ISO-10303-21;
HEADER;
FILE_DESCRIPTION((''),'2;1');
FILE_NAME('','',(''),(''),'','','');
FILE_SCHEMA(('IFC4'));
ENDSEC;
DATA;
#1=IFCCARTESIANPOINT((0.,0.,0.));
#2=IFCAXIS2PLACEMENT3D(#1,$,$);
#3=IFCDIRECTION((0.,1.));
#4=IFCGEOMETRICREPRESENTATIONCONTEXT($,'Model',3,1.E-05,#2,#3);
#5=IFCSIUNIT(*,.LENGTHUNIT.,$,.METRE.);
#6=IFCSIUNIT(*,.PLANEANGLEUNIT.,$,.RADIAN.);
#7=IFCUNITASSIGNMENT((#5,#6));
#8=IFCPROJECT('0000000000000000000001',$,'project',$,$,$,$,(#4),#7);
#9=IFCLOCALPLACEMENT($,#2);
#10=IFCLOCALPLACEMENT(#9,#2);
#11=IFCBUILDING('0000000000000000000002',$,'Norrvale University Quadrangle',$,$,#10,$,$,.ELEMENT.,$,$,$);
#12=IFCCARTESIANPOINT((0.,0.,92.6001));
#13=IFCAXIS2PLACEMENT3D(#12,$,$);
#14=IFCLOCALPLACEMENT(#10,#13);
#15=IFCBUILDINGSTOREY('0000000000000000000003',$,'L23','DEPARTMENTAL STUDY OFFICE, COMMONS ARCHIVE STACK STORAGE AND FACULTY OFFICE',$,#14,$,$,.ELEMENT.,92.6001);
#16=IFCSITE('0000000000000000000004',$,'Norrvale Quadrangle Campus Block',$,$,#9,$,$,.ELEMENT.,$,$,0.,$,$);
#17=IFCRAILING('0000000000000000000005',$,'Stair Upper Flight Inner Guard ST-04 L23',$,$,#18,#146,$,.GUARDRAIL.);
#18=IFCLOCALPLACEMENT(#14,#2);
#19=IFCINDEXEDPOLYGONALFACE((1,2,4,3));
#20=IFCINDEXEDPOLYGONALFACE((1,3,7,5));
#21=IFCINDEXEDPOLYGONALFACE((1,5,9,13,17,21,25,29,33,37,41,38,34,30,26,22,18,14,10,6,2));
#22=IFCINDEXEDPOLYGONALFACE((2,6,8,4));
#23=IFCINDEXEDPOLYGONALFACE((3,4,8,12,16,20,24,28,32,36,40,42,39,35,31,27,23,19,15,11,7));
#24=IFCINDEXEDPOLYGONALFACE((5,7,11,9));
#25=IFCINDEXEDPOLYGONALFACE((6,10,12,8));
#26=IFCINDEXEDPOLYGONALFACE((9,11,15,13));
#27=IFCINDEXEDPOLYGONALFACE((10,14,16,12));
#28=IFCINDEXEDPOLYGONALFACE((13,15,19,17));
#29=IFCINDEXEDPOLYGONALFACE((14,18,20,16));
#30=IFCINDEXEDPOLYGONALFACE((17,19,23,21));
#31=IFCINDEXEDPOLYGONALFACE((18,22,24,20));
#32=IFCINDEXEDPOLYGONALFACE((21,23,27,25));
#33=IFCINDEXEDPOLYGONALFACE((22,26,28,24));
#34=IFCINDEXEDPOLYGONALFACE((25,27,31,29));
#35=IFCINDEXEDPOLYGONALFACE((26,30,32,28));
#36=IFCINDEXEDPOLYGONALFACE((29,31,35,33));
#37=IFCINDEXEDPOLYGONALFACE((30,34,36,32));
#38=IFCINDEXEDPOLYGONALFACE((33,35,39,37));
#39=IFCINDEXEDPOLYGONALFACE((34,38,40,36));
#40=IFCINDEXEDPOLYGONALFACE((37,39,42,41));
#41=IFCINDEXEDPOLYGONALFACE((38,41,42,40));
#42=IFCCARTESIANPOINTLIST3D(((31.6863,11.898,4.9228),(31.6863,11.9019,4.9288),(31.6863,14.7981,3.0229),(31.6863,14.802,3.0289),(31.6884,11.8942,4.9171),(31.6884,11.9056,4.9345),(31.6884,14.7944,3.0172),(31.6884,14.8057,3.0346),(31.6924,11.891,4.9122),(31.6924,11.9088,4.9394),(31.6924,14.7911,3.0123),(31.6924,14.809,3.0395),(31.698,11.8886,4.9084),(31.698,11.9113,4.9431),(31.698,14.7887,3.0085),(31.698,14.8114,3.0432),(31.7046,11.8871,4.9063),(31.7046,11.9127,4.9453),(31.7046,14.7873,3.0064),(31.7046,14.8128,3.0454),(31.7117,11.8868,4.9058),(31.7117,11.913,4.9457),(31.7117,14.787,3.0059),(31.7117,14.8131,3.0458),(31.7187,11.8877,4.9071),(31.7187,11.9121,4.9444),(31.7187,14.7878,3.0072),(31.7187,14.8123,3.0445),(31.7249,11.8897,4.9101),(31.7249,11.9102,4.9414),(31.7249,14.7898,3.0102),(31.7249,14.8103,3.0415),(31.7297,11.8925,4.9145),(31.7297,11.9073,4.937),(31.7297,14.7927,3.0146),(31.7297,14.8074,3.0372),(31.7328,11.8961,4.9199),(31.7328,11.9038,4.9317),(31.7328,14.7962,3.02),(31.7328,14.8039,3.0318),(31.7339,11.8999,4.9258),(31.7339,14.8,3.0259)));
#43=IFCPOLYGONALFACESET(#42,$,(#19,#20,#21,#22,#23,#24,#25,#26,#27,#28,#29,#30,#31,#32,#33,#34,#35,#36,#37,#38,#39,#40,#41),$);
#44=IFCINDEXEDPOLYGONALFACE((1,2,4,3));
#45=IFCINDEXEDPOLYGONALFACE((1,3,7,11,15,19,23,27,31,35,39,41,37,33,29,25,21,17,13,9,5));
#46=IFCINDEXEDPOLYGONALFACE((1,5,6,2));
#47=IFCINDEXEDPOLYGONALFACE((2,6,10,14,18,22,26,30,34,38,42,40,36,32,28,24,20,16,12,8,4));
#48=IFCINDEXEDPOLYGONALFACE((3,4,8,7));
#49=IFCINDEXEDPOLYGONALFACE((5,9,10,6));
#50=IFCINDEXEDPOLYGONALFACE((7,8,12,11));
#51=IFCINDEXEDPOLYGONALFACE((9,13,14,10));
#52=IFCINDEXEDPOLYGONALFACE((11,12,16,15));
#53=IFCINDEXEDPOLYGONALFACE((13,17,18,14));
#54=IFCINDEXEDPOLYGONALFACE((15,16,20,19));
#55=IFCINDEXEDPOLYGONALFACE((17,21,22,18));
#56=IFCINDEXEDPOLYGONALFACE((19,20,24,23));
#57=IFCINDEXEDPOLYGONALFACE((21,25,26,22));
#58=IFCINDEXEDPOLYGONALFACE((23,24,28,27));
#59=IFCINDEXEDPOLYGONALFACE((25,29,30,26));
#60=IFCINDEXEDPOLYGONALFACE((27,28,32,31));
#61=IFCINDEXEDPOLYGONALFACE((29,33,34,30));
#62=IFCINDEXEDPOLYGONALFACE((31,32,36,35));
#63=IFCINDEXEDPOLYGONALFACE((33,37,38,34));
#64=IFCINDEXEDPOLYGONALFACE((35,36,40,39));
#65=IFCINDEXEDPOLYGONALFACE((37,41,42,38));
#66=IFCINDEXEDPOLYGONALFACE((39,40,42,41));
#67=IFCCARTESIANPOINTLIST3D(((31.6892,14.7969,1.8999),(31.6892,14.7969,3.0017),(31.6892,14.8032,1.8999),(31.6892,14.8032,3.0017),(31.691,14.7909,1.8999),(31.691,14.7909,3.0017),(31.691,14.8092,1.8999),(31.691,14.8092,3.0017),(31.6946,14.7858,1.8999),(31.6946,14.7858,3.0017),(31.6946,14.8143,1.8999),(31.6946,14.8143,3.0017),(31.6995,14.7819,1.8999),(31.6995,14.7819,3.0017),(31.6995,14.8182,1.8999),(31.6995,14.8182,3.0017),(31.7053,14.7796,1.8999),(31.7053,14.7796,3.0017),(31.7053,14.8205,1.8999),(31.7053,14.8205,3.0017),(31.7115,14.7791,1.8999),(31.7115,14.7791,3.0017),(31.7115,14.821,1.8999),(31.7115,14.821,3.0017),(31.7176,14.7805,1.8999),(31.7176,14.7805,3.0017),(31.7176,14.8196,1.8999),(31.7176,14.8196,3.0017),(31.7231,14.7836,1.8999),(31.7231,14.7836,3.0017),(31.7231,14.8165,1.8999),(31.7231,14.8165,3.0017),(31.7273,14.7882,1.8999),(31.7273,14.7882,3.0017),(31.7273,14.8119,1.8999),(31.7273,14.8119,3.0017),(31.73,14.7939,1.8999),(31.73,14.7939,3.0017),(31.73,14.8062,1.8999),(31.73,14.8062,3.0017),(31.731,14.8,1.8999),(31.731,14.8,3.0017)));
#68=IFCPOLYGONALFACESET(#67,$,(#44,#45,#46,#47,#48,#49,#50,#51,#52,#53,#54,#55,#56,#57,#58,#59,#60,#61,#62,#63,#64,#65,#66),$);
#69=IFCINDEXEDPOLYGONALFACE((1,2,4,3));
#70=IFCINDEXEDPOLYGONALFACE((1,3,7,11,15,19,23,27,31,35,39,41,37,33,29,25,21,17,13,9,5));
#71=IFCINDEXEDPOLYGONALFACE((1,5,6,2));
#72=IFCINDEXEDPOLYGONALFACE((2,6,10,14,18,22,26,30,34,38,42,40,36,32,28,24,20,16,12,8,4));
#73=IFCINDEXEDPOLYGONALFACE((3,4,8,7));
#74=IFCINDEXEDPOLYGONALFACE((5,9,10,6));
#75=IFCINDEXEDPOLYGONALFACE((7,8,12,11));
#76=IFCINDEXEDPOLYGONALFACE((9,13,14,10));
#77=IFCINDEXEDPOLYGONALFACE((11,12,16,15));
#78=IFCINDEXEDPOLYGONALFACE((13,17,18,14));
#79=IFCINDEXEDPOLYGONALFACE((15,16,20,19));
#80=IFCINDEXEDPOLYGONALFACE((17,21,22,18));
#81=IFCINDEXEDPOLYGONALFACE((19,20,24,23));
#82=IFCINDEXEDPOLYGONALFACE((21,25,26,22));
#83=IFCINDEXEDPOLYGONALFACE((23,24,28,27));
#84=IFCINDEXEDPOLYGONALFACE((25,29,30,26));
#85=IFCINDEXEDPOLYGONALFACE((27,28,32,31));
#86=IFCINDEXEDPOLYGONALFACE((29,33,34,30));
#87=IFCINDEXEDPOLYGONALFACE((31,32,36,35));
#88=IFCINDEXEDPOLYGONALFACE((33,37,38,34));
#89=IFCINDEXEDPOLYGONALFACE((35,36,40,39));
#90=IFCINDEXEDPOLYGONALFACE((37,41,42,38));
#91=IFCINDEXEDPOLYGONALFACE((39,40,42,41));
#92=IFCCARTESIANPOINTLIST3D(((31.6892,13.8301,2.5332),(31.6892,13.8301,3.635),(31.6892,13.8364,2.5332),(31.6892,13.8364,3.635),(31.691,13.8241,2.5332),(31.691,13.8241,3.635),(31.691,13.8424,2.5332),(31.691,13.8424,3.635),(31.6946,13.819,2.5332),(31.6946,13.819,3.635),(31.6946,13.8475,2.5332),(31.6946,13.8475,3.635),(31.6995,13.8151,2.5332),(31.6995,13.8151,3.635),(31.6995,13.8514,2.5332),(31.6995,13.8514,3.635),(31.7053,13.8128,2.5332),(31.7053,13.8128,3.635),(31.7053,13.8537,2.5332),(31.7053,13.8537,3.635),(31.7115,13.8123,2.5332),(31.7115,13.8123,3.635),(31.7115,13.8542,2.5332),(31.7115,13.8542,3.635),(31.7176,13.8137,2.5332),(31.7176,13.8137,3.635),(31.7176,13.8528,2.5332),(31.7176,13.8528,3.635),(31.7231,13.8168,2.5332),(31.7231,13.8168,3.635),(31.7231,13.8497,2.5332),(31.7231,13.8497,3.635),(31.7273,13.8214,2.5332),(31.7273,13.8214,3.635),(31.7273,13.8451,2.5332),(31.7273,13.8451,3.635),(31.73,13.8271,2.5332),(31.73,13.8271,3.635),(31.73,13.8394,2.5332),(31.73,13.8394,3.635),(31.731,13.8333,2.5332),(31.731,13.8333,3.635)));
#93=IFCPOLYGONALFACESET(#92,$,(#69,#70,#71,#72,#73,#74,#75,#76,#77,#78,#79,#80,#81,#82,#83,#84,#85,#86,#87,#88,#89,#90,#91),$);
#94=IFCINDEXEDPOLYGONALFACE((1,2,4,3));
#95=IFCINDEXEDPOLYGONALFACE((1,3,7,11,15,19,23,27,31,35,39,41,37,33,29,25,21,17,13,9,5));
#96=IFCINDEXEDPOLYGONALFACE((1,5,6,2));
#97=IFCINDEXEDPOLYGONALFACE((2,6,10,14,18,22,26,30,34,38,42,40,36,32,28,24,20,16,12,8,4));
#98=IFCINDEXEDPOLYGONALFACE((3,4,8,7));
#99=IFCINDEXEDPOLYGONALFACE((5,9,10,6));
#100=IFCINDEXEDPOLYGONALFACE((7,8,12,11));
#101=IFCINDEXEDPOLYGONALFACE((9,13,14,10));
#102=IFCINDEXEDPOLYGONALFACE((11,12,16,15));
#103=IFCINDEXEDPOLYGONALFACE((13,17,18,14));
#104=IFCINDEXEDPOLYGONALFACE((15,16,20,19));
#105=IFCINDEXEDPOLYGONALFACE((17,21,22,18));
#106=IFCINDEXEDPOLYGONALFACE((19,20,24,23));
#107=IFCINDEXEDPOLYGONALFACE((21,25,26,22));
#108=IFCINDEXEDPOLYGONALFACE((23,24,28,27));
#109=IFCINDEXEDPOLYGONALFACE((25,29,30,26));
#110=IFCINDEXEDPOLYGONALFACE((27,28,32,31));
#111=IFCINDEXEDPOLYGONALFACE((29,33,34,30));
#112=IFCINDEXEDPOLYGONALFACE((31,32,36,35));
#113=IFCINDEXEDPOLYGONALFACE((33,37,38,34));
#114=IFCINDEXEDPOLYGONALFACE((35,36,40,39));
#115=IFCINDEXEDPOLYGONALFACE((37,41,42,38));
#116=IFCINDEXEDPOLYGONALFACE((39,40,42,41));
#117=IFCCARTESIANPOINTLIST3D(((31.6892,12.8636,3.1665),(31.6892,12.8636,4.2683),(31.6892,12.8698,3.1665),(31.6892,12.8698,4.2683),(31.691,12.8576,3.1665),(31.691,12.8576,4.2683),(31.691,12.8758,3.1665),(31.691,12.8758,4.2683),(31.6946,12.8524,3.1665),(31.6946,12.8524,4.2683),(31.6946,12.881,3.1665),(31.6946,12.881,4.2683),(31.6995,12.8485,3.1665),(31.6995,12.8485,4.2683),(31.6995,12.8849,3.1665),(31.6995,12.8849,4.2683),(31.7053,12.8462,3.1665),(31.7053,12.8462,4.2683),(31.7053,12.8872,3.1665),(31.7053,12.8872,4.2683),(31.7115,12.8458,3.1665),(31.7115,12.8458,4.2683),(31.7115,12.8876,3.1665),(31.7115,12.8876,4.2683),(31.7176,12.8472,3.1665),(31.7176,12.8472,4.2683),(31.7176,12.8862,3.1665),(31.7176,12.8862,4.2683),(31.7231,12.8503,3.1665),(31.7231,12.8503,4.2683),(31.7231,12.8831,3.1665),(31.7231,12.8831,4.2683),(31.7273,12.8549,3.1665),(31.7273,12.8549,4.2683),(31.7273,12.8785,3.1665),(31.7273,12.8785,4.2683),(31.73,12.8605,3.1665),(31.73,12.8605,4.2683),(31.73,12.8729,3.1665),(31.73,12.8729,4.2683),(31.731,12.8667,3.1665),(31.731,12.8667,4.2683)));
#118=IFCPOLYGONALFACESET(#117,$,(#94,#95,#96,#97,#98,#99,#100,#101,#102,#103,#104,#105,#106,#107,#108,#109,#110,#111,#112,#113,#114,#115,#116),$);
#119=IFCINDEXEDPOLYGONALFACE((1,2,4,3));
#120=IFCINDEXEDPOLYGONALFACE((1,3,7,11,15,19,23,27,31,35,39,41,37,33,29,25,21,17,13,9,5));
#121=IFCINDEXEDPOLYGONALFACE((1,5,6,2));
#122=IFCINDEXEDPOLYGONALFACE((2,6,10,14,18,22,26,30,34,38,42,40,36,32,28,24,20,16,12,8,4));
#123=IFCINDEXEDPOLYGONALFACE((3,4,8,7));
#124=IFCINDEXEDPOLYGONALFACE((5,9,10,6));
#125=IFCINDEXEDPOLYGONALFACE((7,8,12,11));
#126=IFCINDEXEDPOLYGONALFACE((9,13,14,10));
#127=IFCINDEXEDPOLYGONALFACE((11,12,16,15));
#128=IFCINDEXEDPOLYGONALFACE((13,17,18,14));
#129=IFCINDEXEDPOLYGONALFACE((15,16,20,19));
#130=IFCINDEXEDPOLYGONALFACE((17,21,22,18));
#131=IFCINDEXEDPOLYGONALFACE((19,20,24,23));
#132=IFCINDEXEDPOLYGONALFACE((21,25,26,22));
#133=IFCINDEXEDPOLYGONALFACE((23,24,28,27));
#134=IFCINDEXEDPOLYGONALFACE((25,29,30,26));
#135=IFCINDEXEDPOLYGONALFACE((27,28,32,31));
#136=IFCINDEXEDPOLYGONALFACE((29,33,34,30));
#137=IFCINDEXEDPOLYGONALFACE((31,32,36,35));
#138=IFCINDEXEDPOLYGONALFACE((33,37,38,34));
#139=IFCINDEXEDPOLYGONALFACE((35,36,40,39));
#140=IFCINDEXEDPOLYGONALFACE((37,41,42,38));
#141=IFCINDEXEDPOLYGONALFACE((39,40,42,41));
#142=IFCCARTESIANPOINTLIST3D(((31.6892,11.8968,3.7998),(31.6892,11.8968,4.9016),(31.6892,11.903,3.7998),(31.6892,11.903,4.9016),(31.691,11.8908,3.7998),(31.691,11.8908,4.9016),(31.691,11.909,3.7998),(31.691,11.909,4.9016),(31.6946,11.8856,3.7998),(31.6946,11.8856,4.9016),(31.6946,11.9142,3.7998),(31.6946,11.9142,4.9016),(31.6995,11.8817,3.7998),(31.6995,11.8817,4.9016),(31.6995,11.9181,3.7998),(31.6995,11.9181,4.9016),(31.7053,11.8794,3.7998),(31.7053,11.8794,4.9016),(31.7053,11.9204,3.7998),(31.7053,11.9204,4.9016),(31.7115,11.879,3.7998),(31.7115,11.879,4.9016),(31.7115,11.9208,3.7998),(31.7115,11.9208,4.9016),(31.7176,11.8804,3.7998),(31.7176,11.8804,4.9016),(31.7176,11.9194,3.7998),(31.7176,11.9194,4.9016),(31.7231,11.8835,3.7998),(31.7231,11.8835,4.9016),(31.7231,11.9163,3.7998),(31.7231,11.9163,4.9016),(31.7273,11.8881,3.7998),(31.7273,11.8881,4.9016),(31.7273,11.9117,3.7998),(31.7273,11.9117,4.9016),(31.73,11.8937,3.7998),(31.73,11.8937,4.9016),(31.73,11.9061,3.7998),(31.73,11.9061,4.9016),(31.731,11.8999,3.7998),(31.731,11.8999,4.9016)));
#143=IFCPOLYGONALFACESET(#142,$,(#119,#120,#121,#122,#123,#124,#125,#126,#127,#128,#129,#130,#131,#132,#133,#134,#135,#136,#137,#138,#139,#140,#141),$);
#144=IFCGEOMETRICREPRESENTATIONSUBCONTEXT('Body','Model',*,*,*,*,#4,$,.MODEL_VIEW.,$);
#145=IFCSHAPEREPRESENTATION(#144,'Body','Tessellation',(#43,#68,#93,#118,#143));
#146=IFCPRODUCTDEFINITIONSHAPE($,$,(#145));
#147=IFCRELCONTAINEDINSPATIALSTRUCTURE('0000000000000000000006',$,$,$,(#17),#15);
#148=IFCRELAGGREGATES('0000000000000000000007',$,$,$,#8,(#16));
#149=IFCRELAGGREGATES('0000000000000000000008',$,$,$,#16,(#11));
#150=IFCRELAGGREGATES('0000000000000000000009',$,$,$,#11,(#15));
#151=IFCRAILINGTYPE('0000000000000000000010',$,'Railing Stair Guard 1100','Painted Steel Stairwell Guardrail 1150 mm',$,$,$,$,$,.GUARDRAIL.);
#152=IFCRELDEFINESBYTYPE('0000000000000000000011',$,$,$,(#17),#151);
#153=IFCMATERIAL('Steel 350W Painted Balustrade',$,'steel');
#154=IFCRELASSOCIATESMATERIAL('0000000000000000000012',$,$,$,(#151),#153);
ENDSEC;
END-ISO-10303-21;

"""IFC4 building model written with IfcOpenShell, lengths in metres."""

from ifc_helpers import new_model, si_unit, direction, frame, origin, origin_2d, place, context, subcontext, project, spatial, circle, extrude, material, type_object, element, save


model = new_model("IFC4")

# Units and contexts
model_context = context("Model", 3, precision=1e-05, world=origin(), true_north=direction((0.0, 1.0)))
body_context = subcontext(model_context, "Body", "Model", "MODEL_VIEW")
ifc_project = project(units=[si_unit("LENGTHUNIT", "METRE"), si_unit("PLANEANGLEUNIT", "RADIAN")], contexts=[model_context])

# Site, building, storey
site_placement = place(None, origin())
site = spatial("IfcSite", under=ifc_project, at=site_placement, Name="Norrvale Quadrangle Campus Block", CompositionType="ELEMENT", RefElevation=0.0)
building_placement = place(site_placement, origin())
building = spatial("IfcBuilding", under=site, at=building_placement, Name="Norrvale University Quadrangle", CompositionType="ELEMENT")
storey_placement = place(building_placement, frame((0.0, 0.0, 92.6001)))
storey = spatial("IfcBuildingStorey", under=building, at=storey_placement, Name="L23", Description="DEPARTMENTAL STUDY OFFICE, COMMONS ARCHIVE STACK STORAGE AND FACULTY OFFICE", CompositionType="ELEMENT", Elevation=92.6001)

# Railing
ifc_material_1 = material(Name="Steel 350W Painted Balustrade", Category="steel")
railing_type_1 = type_object("IfcRailingType", Name="Railing Stair Guard 1100", Description="Painted Steel Stairwell Guardrail 1150 mm", PredefinedType="GUARDRAIL", material=ifc_material_1)
railing_1_placement = place(storey_placement, frame((31.71, 14.8, 1.8999)))
element("IfcRailing", 1, at=railing_1_placement, inside=storey, type_object=railing_type_1, Name="Stair Upper Flight Inner Guard ST-04 L23", PredefinedType="GUARDRAIL", context=body_context, shape_type="SweptSolid", body=[
    extrude(circle(Radius=0.0239, at=origin_2d()), frame((0.0, 0.0, 1.126), z_axis=(0.0, -0.836487, 0.547987), x_axis=(1.0, 0.0, 0.0)), (0.0, 0.0, 1.0), 3.467),
    extrude(circle(Radius=0.021, at=origin_2d()), origin(), (0.0, 0.0, 1.0), 1.1018),
    extrude(circle(Radius=0.021, at=origin_2d()), frame((0.0, -0.9668, 0.6333)), (0.0, 0.0, 1.0), 1.1018),
    extrude(circle(Radius=0.021, at=origin_2d()), frame((0.0, -1.9333, 1.2666)), (0.0, 0.0, 1.0), 1.1018),
    extrude(circle(Radius=0.021, at=origin_2d()), frame((0.0, -2.9001, 1.8999)), (0.0, 0.0, 1.0), 1.1018),
])

save(model, "model.ifc")
